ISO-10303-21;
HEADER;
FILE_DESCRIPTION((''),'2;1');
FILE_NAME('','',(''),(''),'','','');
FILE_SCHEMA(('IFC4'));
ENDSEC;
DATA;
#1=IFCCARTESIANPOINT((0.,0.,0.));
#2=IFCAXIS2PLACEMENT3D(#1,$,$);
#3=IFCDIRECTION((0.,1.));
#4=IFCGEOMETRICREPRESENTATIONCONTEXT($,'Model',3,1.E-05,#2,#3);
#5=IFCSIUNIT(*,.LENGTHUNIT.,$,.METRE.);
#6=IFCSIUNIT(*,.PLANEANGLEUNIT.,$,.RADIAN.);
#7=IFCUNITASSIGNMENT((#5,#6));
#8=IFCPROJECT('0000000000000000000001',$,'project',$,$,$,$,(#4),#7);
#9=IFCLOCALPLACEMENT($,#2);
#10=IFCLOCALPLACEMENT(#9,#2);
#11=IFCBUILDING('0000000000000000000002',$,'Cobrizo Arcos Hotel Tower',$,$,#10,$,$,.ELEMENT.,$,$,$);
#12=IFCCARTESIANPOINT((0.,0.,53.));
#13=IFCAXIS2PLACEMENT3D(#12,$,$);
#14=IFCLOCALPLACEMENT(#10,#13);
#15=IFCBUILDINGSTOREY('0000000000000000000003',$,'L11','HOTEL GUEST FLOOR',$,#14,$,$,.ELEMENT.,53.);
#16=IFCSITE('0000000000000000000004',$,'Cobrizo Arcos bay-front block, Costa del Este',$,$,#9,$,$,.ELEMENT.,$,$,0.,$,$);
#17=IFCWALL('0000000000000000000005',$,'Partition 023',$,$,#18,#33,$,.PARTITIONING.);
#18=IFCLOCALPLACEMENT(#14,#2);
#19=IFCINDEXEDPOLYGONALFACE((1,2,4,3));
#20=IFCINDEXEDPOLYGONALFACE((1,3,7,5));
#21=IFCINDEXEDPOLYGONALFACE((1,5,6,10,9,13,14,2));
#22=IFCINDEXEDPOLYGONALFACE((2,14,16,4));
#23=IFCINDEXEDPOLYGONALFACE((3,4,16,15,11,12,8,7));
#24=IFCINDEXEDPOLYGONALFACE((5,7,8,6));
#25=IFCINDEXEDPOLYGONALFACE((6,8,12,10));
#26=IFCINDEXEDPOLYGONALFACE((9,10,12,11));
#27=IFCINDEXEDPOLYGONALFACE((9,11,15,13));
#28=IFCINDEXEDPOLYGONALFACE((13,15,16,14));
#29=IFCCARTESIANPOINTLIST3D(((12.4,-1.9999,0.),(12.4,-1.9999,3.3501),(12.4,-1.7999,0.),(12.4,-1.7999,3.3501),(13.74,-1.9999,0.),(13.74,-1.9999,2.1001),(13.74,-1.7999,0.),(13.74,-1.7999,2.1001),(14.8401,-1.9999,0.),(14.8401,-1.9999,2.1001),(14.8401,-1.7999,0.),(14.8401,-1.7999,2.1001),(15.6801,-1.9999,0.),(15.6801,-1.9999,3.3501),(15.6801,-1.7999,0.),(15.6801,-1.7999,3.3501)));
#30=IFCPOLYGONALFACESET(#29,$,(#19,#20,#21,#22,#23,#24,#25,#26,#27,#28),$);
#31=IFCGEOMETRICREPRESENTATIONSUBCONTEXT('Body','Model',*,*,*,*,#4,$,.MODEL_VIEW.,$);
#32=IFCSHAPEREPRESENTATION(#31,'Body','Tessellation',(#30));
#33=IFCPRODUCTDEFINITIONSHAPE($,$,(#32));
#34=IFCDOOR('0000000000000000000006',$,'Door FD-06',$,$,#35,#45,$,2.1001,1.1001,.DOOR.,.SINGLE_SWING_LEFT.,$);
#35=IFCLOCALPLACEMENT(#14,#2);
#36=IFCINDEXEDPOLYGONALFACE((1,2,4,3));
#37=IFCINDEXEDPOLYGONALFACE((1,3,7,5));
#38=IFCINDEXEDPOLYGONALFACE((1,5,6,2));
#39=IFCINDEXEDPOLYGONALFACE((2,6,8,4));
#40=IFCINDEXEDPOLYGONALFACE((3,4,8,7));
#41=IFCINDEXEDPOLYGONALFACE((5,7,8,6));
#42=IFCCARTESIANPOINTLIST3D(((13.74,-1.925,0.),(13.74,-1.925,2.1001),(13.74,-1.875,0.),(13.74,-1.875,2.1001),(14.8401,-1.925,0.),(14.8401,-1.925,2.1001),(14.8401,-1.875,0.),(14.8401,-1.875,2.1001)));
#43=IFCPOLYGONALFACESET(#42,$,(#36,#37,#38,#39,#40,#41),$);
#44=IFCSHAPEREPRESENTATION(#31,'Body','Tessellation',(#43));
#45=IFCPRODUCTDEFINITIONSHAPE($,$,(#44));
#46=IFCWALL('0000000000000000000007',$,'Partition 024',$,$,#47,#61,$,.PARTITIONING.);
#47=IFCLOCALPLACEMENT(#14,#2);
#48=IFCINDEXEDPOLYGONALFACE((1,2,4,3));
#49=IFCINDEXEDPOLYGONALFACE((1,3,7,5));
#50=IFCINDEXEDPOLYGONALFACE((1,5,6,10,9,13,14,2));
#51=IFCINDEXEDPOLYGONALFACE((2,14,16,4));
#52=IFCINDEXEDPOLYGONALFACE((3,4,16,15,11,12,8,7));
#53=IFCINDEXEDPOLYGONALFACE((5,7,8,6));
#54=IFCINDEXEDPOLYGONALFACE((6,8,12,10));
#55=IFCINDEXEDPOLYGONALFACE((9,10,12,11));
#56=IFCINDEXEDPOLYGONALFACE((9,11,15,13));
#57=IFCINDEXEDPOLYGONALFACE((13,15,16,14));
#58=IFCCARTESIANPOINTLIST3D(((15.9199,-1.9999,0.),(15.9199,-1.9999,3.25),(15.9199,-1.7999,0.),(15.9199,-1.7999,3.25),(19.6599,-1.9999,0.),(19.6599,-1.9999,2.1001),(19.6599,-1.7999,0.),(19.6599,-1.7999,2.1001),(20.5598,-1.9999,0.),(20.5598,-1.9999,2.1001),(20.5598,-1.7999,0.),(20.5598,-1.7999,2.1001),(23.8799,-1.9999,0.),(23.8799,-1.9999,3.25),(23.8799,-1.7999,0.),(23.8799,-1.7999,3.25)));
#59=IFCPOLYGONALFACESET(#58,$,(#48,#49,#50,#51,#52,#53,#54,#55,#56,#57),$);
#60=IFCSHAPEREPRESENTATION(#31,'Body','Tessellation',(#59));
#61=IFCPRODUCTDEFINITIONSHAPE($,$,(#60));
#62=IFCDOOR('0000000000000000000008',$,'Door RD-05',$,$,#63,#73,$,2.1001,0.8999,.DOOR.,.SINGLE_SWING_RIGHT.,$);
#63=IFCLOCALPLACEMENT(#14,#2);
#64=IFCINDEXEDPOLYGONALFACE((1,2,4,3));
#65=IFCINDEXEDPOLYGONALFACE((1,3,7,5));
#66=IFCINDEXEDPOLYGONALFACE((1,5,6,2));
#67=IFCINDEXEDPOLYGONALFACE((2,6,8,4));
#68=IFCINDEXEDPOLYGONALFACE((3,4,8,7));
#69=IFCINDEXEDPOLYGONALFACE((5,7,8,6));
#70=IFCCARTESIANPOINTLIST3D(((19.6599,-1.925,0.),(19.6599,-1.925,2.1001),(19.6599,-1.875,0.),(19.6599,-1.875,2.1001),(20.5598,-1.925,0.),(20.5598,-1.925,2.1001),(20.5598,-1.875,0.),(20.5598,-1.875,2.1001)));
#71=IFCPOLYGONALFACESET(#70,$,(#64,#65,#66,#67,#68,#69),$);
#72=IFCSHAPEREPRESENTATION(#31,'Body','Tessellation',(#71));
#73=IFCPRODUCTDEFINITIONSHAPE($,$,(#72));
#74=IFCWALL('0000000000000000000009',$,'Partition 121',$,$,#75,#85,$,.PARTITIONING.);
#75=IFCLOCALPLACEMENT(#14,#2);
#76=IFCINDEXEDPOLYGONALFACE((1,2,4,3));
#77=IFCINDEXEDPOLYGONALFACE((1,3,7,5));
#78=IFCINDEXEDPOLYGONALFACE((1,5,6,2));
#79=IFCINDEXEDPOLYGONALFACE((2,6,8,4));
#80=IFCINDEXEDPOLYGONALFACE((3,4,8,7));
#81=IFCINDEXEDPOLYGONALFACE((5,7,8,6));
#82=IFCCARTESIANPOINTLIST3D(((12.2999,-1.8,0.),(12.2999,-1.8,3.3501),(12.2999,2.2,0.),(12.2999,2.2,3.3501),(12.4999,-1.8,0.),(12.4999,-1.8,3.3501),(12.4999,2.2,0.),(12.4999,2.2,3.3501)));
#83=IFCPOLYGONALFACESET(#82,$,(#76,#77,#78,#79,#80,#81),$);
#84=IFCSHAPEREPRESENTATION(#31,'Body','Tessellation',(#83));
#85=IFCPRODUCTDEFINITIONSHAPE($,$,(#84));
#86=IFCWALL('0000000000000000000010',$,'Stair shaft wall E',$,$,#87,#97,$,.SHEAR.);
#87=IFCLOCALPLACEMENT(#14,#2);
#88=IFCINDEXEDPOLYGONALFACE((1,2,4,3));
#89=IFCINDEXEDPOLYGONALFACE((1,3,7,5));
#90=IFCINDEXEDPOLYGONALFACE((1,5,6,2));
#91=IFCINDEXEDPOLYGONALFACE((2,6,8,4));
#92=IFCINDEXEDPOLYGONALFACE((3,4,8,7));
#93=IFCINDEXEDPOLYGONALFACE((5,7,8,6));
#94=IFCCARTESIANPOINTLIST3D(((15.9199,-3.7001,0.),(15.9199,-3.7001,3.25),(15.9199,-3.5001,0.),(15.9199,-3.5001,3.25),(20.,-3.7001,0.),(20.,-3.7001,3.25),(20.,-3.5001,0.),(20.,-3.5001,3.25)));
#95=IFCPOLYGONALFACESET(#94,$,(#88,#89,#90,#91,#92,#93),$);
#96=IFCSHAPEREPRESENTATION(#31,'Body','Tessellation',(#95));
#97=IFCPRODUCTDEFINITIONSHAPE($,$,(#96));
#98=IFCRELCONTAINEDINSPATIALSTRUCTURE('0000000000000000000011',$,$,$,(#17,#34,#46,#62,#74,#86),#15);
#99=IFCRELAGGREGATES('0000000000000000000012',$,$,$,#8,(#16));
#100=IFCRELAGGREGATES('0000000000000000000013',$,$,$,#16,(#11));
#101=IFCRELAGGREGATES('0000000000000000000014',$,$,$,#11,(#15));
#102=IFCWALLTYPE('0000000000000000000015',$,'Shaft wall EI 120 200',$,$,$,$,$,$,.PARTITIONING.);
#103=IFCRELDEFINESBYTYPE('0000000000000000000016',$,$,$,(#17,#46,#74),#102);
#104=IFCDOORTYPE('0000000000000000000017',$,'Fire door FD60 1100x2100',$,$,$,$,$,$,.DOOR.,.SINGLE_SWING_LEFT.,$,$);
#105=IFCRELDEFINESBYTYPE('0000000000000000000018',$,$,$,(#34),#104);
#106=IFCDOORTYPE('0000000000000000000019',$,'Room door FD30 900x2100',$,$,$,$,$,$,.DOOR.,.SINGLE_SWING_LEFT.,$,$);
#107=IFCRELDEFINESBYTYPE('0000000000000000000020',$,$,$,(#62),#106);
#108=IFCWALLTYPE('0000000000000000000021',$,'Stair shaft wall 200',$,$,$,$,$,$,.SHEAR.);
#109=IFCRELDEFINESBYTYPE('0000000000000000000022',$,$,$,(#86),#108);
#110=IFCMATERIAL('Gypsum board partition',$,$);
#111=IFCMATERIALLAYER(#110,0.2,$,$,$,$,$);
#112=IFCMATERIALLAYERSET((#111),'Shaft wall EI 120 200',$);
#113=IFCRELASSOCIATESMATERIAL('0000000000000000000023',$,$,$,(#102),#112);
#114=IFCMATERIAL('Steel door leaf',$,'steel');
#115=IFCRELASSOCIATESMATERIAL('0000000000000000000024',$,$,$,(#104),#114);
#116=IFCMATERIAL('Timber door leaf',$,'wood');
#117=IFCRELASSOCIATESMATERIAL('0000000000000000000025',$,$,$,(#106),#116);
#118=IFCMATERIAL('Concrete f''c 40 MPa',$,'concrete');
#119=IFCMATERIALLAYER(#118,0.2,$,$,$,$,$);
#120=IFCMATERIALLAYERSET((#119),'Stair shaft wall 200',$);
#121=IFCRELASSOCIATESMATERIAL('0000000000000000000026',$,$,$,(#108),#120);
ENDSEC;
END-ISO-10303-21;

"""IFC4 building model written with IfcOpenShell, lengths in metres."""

from ifc_helpers import new_model, si_unit, direction, frame, frame_2d, origin, place, context, subcontext, project, spatial, rectangle, extrude, material, layer, layer_set, type_object, element, fill, save


model = new_model("IFC4")

# Units and contexts
model_context = context("Model", 3, precision=1e-05, world=origin(), true_north=direction((0.0, 1.0)))
body_context = subcontext(model_context, "Body", "Model", "MODEL_VIEW")
ifc_project = project(units=[si_unit("LENGTHUNIT", "METRE"), si_unit("PLANEANGLEUNIT", "RADIAN")], contexts=[model_context])

# Site, building, storey
site_placement = place(None, origin())
site = spatial("IfcSite", under=ifc_project, at=site_placement, Name="Cobrizo Arcos bay-front block, Costa del Este", CompositionType="ELEMENT", RefElevation=0.0)
building_placement = place(site_placement, origin())
building = spatial("IfcBuilding", under=site, at=building_placement, Name="Cobrizo Arcos Hotel Tower", CompositionType="ELEMENT")
storey_placement = place(building_placement, frame((0.0, 0.0, 53.0)))
storey = spatial("IfcBuildingStorey", under=building, at=storey_placement, Name="L11", Description="HOTEL GUEST FLOOR", CompositionType="ELEMENT", Elevation=53.0)

# Shared definitions
ifc_material_1 = material(Name="Concrete f'c 40 MPa", Category="concrete")

# Shared definitions
ifc_material_2 = material(Name="Gypsum board partition")

# Walls, openings, doors
ifc_layer_1 = layer(ifc_material_2, 0.2)
ifc_layer_set_1 = layer_set([ifc_layer_1], Name="Shaft wall EI 120 200")
wall_type_1 = type_object("IfcWallType", Name="Shaft wall EI 120 200", PredefinedType="PARTITIONING", material=ifc_layer_set_1)
wall_1_placement = place(storey_placement, frame((12.3999, -1.8999, 0.0), z_axis=(0.0, 0.0, 1.0), x_axis=(1.0, 0.0, 0.0)))
wall_1 = element("IfcWall", 1, at=wall_1_placement, inside=storey, type_object=wall_type_1, Name="Partition 023", PredefinedType="PARTITIONING", context=body_context, shape_type="SweptSolid", body=[
    extrude(rectangle(XDim=3.28, YDim=0.2, at=frame_2d((1.6401, 0.0))), origin(), (0.0, 0.0, 1.0), 3.3501),
])
opening_1_placement = place(wall_1_placement, frame((1.3401, 0.0, 0.0)))
opening_1 = element("IfcOpeningElement", 2, at=opening_1_placement, cuts=wall_1, PredefinedType="OPENING", context=body_context, shape_type="SweptSolid", body=[
    extrude(rectangle(XDim=1.1001, YDim=2.1001, at=frame_2d((0.55, 1.05))), frame((0.0, 0.1121, 0.0), z_axis=(0.0, -1.0, 0.0), x_axis=(1.0, 0.0, 0.0)), (0.0, 0.0, 1.0), 0.2239),
])
ifc_material_3 = material(Name="Steel door leaf", Category="steel")
door_type_1 = type_object("IfcDoorType", Name="Fire door FD60 1100x2100", OperationType="SINGLE_SWING_LEFT", PredefinedType="DOOR", material=ifc_material_3)
door_1_placement = place(opening_1_placement, origin())
door_1 = element("IfcDoor", 3, at=door_1_placement, inside=storey, type_object=door_type_1, Name="Door FD-06", OperationType="SINGLE_SWING_LEFT", OverallHeight=2.1001, OverallWidth=1.1001, PredefinedType="DOOR", context=body_context, shape_type="SweptSolid", body=[
    extrude(rectangle(XDim=1.1001, YDim=2.1001, at=frame_2d((0.55, 1.05))), frame((0.0, 0.0249, 0.0), z_axis=(0.0, -1.0, 0.0), x_axis=(1.0, 0.0, 0.0)), (0.0, 0.0, 1.0), 0.05),
])
fill(opening_1, door_1)
wall_2_placement = place(storey_placement, frame((15.9199, -1.8999, 0.0), z_axis=(0.0, 0.0, 1.0), x_axis=(1.0, 0.0, 0.0)))
wall_2 = element("IfcWall", 4, at=wall_2_placement, inside=storey, type_object=wall_type_1, Name="Partition 024", PredefinedType="PARTITIONING", context=body_context, shape_type="SweptSolid", body=[
    extrude(rectangle(XDim=7.96, YDim=0.2, at=frame_2d((3.98, 0.0))), origin(), (0.0, 0.0, 1.0), 3.25),
])
opening_2_placement = place(wall_2_placement, frame((3.74, 0.0, 0.0)))
opening_2 = element("IfcOpeningElement", 5, at=opening_2_placement, cuts=wall_2, PredefinedType="OPENING", context=body_context, shape_type="SweptSolid", body=[
    extrude(rectangle(XDim=0.8999, YDim=2.1001, at=frame_2d((0.45, 1.05))), frame((0.0, 0.1121, 0.0), z_axis=(0.0, -1.0, 0.0), x_axis=(1.0, 0.0, 0.0)), (0.0, 0.0, 1.0), 0.2239),
])
ifc_material_4 = material(Name="Timber door leaf", Category="wood")
door_type_2 = type_object("IfcDoorType", Name="Room door FD30 900x2100", OperationType="SINGLE_SWING_LEFT", PredefinedType="DOOR", material=ifc_material_4)
door_2_placement = place(opening_2_placement, origin())
door_2 = element("IfcDoor", 6, at=door_2_placement, inside=storey, type_object=door_type_2, Name="Door RD-05", OperationType="SINGLE_SWING_RIGHT", OverallHeight=2.1001, OverallWidth=0.8999, PredefinedType="DOOR", context=body_context, shape_type="SweptSolid", body=[
    extrude(rectangle(XDim=0.8999, YDim=2.1001, at=frame_2d((0.45, 1.05))), frame((0.0, 0.0249, 0.0), z_axis=(0.0, -1.0, 0.0), x_axis=(1.0, 0.0, 0.0)), (0.0, 0.0, 1.0), 0.05),
])
fill(opening_2, door_2)

# Walls
wall_3_placement = place(storey_placement, frame((12.3999, -1.8, 0.0), z_axis=(0.0, 0.0, 1.0), x_axis=(0.0, 1.0, 0.0)))
element("IfcWall", 7, at=wall_3_placement, inside=storey, type_object=wall_type_1, Name="Partition 121", PredefinedType="PARTITIONING", context=body_context, shape_type="SweptSolid", body=[
    extrude(rectangle(XDim=4.0, YDim=0.2, at=frame_2d((2.0, 0.0))), origin(), (0.0, 0.0, 1.0), 3.3501),
])
ifc_layer_2 = layer(ifc_material_1, 0.2)
ifc_layer_set_2 = layer_set([ifc_layer_2], Name="Stair shaft wall 200")
wall_type_2 = type_object("IfcWallType", Name="Stair shaft wall 200", PredefinedType="SHEAR", material=ifc_layer_set_2)
wall_4_placement = place(storey_placement, frame((15.9199, -3.6001, 0.0), z_axis=(0.0, 0.0, 1.0), x_axis=(1.0, 0.0, 0.0)))
element("IfcWall", 8, at=wall_4_placement, inside=storey, type_object=wall_type_2, Name="Stair shaft wall E", PredefinedType="SHEAR", context=body_context, shape_type="SweptSolid", body=[
    extrude(rectangle(XDim=4.0801, YDim=0.2, at=frame_2d((2.04, 0.0))), origin(), (0.0, 0.0, 1.0), 3.25),
])

save(model, "model.ifc")
